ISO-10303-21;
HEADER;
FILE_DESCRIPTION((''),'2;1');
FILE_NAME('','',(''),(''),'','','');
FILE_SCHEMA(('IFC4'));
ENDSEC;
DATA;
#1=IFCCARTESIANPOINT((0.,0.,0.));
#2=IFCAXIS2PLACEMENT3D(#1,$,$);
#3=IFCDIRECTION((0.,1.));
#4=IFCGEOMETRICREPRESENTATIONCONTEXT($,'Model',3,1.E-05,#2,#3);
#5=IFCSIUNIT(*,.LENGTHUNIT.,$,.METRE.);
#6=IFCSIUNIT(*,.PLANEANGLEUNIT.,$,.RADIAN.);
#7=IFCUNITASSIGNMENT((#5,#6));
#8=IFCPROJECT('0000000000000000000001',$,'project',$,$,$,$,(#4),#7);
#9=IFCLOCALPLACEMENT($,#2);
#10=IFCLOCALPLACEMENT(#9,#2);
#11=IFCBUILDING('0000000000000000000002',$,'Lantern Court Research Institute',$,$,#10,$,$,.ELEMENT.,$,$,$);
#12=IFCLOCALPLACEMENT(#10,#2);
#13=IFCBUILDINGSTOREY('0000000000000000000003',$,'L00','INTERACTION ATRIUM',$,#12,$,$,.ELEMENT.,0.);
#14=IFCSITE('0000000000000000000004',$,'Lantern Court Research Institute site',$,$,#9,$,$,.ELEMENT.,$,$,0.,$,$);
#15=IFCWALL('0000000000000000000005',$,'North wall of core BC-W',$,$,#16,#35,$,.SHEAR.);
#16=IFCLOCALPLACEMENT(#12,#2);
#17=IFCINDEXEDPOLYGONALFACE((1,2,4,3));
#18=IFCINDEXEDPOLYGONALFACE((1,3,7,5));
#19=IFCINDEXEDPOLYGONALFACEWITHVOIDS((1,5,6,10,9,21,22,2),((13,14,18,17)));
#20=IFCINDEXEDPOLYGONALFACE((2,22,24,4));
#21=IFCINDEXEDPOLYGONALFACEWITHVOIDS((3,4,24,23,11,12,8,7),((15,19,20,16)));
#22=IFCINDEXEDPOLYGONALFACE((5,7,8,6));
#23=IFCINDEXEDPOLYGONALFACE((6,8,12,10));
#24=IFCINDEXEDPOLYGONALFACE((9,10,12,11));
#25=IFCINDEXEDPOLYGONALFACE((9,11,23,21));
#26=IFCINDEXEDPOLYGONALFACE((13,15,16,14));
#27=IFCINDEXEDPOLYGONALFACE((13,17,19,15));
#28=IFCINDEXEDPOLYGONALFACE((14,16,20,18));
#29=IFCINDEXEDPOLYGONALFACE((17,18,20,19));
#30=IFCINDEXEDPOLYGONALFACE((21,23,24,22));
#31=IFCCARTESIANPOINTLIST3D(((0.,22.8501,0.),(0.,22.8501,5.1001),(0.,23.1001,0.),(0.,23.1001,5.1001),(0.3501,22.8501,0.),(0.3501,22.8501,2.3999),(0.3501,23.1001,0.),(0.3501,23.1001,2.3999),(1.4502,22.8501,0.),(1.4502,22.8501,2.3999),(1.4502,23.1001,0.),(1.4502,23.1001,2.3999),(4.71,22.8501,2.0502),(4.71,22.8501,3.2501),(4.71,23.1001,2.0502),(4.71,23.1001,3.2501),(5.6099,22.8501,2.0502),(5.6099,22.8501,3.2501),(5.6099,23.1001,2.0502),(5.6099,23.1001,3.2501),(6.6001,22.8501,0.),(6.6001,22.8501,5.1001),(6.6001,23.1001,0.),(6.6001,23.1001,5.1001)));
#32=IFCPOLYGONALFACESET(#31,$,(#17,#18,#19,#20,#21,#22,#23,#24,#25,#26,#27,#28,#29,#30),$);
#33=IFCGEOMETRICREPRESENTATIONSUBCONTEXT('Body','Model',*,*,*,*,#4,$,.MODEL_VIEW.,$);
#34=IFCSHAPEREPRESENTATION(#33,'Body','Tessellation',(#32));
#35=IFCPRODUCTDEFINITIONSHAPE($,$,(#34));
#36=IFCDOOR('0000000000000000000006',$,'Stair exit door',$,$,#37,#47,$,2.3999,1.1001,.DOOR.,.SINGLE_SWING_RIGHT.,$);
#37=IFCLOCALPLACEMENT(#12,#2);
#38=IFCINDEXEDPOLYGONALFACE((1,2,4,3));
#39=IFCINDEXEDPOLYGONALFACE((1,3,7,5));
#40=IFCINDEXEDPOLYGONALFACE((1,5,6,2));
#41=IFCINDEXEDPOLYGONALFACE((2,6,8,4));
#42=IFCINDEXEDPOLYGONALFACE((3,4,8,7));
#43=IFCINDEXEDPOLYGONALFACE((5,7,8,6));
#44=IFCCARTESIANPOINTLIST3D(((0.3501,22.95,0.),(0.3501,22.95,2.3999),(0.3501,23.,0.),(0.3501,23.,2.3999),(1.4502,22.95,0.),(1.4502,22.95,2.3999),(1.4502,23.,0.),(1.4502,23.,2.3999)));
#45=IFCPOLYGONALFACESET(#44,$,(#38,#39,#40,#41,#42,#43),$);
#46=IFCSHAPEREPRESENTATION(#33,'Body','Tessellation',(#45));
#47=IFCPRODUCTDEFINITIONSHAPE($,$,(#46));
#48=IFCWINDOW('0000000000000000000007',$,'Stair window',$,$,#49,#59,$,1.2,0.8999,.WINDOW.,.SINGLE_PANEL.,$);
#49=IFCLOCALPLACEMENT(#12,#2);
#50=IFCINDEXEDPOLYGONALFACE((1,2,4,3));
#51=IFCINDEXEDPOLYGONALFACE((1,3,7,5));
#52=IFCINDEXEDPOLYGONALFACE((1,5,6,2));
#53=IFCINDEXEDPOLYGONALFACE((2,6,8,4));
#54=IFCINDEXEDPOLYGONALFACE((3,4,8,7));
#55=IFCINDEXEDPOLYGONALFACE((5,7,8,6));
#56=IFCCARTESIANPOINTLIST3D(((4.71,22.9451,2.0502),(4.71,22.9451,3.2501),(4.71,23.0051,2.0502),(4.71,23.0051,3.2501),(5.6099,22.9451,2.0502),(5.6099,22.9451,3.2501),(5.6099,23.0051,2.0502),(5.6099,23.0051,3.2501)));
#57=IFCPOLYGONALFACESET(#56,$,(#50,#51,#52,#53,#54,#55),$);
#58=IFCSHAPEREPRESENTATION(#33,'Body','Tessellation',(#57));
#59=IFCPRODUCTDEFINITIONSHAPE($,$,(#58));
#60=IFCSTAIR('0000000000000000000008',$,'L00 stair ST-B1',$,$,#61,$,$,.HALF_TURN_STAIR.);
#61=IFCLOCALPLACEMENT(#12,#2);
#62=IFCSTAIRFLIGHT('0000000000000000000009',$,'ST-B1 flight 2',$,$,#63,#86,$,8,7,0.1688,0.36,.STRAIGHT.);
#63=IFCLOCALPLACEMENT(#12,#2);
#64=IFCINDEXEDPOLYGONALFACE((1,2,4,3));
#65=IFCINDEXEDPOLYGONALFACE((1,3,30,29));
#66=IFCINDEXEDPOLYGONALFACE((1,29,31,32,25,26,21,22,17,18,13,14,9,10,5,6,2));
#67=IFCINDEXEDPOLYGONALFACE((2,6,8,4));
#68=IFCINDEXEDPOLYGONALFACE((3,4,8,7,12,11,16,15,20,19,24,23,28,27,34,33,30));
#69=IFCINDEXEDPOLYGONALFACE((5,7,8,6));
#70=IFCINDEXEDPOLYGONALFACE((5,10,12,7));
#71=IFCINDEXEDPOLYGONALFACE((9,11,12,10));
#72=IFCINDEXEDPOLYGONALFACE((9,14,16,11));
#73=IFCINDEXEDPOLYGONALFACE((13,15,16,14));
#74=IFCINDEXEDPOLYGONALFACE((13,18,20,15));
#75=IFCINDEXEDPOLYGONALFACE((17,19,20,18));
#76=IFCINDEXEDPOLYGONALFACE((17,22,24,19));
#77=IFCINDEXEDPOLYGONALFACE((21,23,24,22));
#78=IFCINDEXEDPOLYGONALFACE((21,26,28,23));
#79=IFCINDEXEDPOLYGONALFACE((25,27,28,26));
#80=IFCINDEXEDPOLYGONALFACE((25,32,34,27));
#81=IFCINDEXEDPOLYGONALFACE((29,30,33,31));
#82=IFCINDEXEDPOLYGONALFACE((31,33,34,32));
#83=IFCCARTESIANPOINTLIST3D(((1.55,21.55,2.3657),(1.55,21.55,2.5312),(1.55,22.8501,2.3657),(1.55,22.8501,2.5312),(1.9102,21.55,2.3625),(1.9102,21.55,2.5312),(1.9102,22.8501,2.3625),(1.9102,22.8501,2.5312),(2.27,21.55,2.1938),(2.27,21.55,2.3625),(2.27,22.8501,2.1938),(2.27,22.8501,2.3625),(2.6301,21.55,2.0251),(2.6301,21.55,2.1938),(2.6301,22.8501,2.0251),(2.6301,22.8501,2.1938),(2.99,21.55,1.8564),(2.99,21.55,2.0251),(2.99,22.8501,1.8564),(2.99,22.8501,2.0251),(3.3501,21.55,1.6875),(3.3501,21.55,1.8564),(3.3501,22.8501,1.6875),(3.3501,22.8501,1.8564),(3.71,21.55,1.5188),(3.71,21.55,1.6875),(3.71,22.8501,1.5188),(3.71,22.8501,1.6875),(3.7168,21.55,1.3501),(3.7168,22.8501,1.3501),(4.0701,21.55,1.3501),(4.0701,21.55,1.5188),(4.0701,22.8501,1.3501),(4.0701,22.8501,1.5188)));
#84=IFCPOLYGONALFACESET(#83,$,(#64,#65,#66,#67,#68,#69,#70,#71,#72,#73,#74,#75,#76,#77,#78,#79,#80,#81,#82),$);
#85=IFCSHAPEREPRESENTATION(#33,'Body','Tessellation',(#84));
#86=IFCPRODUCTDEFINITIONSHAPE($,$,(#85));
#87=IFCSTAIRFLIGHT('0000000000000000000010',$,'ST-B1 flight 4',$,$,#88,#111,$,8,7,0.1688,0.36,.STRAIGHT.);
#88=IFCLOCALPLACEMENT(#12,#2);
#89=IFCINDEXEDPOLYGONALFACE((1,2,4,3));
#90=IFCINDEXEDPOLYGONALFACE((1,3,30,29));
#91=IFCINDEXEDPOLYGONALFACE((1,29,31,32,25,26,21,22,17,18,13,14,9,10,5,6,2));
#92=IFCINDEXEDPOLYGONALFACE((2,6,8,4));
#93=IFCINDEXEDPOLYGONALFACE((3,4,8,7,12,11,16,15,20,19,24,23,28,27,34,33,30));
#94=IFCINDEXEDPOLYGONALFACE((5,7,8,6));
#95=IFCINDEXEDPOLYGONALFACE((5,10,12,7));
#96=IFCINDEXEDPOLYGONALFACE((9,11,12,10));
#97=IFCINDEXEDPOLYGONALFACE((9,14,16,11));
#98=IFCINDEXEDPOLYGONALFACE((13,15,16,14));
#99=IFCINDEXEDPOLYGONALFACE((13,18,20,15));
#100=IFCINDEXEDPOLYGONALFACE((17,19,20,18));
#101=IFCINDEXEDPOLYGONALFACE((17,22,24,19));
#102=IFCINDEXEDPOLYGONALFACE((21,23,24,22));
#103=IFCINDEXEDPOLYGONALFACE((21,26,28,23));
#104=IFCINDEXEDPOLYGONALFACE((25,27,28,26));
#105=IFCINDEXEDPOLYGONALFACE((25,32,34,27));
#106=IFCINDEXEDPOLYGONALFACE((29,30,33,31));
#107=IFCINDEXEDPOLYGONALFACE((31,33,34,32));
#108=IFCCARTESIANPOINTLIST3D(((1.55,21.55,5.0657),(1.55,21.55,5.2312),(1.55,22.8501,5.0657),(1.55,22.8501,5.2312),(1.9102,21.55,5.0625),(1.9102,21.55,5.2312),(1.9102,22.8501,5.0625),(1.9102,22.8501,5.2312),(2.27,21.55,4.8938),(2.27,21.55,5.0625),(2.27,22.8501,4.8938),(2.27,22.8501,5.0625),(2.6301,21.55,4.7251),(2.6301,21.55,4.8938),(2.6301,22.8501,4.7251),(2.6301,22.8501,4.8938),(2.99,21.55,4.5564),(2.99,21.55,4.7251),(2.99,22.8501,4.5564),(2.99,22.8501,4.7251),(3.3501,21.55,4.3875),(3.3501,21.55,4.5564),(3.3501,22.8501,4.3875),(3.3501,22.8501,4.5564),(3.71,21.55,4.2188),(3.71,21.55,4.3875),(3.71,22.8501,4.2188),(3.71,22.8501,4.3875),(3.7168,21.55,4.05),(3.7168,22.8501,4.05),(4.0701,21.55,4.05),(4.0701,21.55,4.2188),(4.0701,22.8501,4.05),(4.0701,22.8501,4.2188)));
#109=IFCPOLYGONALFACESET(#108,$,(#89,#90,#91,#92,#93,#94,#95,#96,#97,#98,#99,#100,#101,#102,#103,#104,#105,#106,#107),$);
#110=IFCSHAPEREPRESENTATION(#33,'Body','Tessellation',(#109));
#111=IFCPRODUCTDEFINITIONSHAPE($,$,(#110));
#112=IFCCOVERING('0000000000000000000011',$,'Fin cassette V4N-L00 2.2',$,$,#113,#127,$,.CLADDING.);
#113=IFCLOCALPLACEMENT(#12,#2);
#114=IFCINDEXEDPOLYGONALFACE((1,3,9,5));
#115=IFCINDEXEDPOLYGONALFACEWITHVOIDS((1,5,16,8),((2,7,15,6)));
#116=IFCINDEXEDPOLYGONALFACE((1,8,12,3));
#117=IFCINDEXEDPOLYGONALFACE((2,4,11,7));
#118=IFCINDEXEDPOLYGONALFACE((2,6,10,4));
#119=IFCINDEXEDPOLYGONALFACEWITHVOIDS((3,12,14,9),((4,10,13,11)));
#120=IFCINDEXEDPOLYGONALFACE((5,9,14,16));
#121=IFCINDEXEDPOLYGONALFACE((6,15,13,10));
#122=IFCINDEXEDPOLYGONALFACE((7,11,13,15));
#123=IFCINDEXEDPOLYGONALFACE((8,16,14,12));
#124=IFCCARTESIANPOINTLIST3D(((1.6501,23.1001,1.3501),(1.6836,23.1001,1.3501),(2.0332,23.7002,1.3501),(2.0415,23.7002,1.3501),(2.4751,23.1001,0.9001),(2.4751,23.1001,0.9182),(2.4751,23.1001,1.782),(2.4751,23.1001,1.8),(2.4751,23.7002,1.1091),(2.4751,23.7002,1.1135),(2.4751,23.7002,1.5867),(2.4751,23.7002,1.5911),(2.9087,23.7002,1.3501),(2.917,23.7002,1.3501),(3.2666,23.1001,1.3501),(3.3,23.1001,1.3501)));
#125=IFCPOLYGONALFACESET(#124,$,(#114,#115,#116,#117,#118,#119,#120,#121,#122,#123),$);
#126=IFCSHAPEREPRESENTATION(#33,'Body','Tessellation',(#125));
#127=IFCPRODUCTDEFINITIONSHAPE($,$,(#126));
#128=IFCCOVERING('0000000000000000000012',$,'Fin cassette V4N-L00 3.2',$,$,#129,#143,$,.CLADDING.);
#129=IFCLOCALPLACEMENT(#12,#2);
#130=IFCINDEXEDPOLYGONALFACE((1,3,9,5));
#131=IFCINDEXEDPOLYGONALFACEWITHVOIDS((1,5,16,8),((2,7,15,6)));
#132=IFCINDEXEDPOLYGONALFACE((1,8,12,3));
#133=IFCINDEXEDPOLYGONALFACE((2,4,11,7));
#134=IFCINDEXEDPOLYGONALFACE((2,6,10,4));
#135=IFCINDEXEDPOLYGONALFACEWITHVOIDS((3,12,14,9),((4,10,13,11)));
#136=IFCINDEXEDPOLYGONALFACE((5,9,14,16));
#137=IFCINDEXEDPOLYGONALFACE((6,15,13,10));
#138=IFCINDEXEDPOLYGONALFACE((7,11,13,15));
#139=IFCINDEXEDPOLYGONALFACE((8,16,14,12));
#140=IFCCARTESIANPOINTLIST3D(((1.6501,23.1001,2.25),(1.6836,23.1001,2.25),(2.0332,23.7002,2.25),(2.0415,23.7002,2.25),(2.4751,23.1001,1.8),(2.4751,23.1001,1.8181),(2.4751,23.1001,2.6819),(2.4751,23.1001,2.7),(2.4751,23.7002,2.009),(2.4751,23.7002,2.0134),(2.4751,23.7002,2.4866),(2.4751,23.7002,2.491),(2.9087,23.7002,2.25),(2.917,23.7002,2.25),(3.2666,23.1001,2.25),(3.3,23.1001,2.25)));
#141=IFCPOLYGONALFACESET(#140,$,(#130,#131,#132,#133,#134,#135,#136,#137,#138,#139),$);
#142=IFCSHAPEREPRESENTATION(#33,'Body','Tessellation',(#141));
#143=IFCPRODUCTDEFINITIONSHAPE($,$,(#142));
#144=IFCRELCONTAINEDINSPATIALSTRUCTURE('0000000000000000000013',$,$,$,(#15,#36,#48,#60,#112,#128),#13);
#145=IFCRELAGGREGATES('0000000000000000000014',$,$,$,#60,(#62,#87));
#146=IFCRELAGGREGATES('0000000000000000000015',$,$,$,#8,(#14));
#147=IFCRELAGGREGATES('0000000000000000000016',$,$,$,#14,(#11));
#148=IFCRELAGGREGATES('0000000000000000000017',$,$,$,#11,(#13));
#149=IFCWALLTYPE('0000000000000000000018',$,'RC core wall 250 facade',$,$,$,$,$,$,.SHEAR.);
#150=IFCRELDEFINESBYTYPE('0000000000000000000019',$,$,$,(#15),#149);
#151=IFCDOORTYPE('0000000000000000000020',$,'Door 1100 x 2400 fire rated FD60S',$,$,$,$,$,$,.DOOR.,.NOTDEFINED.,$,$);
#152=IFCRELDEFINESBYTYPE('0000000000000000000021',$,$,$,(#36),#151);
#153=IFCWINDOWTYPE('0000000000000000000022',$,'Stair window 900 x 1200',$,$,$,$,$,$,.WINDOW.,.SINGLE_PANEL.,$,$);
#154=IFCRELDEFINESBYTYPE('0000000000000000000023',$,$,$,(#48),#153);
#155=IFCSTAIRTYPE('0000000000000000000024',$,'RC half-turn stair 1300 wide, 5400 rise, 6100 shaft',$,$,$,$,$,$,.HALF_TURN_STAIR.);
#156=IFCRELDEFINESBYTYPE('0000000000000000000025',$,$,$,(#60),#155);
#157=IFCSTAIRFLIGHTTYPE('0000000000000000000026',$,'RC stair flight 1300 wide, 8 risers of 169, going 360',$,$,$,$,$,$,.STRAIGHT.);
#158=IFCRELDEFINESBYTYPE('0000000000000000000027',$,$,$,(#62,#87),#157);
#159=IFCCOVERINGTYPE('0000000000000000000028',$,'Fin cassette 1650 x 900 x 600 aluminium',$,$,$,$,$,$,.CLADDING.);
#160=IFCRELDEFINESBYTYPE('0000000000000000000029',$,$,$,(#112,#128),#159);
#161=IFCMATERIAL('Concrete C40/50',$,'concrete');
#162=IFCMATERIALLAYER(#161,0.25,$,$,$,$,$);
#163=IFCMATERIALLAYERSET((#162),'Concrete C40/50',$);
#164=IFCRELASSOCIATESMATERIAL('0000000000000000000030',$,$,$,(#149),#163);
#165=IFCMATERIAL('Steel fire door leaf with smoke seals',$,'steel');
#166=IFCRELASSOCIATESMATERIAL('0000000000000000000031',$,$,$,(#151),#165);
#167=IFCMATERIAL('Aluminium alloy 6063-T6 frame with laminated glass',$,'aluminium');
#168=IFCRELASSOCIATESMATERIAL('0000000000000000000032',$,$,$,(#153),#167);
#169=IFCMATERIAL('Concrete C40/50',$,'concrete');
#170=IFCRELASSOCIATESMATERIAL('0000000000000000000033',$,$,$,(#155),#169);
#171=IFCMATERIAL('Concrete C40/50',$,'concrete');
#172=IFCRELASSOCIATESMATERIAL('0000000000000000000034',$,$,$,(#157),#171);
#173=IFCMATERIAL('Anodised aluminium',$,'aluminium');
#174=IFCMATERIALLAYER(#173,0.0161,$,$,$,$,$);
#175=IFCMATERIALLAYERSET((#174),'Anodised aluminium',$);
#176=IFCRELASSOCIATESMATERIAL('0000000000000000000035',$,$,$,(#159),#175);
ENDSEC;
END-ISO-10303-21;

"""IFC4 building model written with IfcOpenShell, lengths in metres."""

from ifc_helpers import new_model, entity, si_unit, direction, frame, frame_2d, origin, place, context, subcontext, project, spatial, polyline, rectangle, outline, extrude, material, layer, layer_set, type_object, element, fill, aggregate, save


model = new_model("IFC4")

# Units and contexts
model_context = context("Model", 3, precision=1e-05, world=origin(), true_north=direction((0.0, 1.0)))
body_context = subcontext(model_context, "Body", "Model", "MODEL_VIEW")
ifc_project = project(units=[si_unit("LENGTHUNIT", "METRE"), si_unit("PLANEANGLEUNIT", "RADIAN")], contexts=[model_context])

# Site, building, storey
site_placement = place(None, origin())
site = spatial("IfcSite", under=ifc_project, at=site_placement, Name="Lantern Court Research Institute site", CompositionType="ELEMENT", RefElevation=0.0)
building_placement = place(site_placement, origin())
building = spatial("IfcBuilding", under=site, at=building_placement, Name="Lantern Court Research Institute", CompositionType="ELEMENT")
storey_placement = place(building_placement, origin())
storey = spatial("IfcBuildingStorey", under=building, at=storey_placement, Name="L00", Description="INTERACTION ATRIUM", CompositionType="ELEMENT", Elevation=0.0)

# Wall, openings, door, window
ifc_material_1 = material(Name="Concrete C40/50", Category="concrete")
ifc_layer_1 = layer(ifc_material_1, 0.25)
ifc_layer_set_1 = layer_set([ifc_layer_1], Name="Concrete C40/50")
wall_type = type_object("IfcWallType", Name="RC core wall 250 facade", PredefinedType="SHEAR", material=ifc_layer_set_1)
wall_placement = place(storey_placement, frame((0.0, 22.9751, 0.0), z_axis=(0.0, 0.0, 1.0), x_axis=(1.0, 0.0, 0.0)))
wall = element("IfcWall", 1, at=wall_placement, inside=storey, type_object=wall_type, Name="North wall of core BC-W", PredefinedType="SHEAR", context=body_context, shape_type="SweptSolid", body=[
    extrude(rectangle(XDim=6.6001, YDim=0.25, at=frame_2d((3.3, 0.0))), origin(), (0.0, 0.0, 1.0), 5.1001),
])
opening_1_placement = place(wall_placement, frame((0.3501, 0.0, 0.0)))
opening_1 = element("IfcOpeningElement", 2, at=opening_1_placement, cuts=wall, PredefinedType="OPENING", context=body_context, shape_type="SweptSolid", body=[
    extrude(rectangle(XDim=1.1001, YDim=2.3999, at=frame_2d((0.55, 1.2))), frame((0.0, 0.135, 0.0), z_axis=(0.0, -1.0, 0.0), x_axis=(1.0, 0.0, 0.0)), (0.0, 0.0, 1.0), 0.27),
])
opening_2_placement = place(wall_placement, frame((4.71, 0.0, 2.05)))
opening_2 = element("IfcOpeningElement", 3, at=opening_2_placement, cuts=wall, PredefinedType="OPENING", context=body_context, shape_type="SweptSolid", body=[
    extrude(rectangle(XDim=0.8999, YDim=1.2, at=frame_2d((0.45, 0.6001))), frame((0.0, 0.135, 0.0), z_axis=(0.0, -1.0, 0.0), x_axis=(1.0, 0.0, 0.0)), (0.0, 0.0, 1.0), 0.27),
])
ifc_material_2 = material(Name="Steel fire door leaf with smoke seals", Category="steel")
door_type = type_object("IfcDoorType", Name="Door 1100 x 2400 fire rated FD60S", OperationType="NOTDEFINED", PredefinedType="DOOR", material=ifc_material_2)
door_placement = place(opening_1_placement, origin())
door = element("IfcDoor", 4, at=door_placement, inside=storey, type_object=door_type, Name="Stair exit door", OperationType="SINGLE_SWING_RIGHT", OverallHeight=2.3999, OverallWidth=1.1001, PredefinedType="DOOR", context=body_context, shape_type="SweptSolid", body=[
    extrude(rectangle(XDim=1.1001, YDim=2.3999, at=frame_2d((0.55, 1.2))), frame((0.0, 0.0249, 0.0), z_axis=(0.0, -1.0, 0.0), x_axis=(1.0, 0.0, 0.0)), (0.0, 0.0, 1.0), 0.05),
])
fill(opening_1, door)
ifc_material_3 = material(Name="Aluminium alloy 6063-T6 frame with laminated glass", Category="aluminium")
window_type = type_object("IfcWindowType", Name="Stair window 900 x 1200", PartitioningType="SINGLE_PANEL", PredefinedType="WINDOW", material=ifc_material_3)
window_placement = place(opening_2_placement, origin())
window = element("IfcWindow", 5, at=window_placement, inside=storey, type_object=window_type, Name="Stair window", OverallHeight=1.2, OverallWidth=0.8999, PartitioningType="SINGLE_PANEL", PredefinedType="WINDOW", context=body_context, shape_type="SweptSolid", body=[
    extrude(rectangle(XDim=0.8999, YDim=1.2, at=frame_2d((0.45, 0.6001))), frame((0.0, 0.03, 0.0), z_axis=(0.0, -1.0, 0.0), x_axis=(1.0, 0.0, 0.0)), (0.0, 0.0, 1.0), 0.0601),
])
fill(opening_2, window)

# Stair, stair flights
ifc_material_4 = material(Name="Concrete C40/50", Category="concrete")
stair_type = type_object("IfcStairType", Name="RC half-turn stair 1300 wide, 5400 rise, 6100 shaft", PredefinedType="HALF_TURN_STAIR", material=ifc_material_4)
stair_placement = place(storey_placement, origin())
stair = element("IfcStair", 6, at=stair_placement, inside=storey, type_object=stair_type, Name="L00 stair ST-B1", PredefinedType="HALF_TURN_STAIR")
ifc_material_5 = material(Name="Concrete C40/50", Category="concrete")
stair_flight_type = type_object("IfcStairFlightType", Name="RC stair flight 1300 wide, 8 risers of 169, going 360", PredefinedType="STRAIGHT", material=ifc_material_5)
stair_flight_1_placement = place(storey_placement, frame((4.0701, 22.2, 1.3501), z_axis=(0.0, 0.0, 1.0), x_axis=(-1.0, 0.0, 0.0)))
stair_flight_1 = element("IfcStairFlight", 7, at=stair_flight_1_placement, type_object=stair_flight_type, Name="ST-B1 flight 2", NumberOfRisers=8, NumberOfTreads=7, PredefinedType="STRAIGHT", RiserHeight=0.1688, TreadLength=0.36, context=body_context, shape_type="SweptSolid", body=[
    extrude(outline(polyline([(0.0, 0.0), (0.0, 0.1687), (0.3601, 0.1687), (0.3601, 0.3374), (0.72, 0.3374), (0.72, 0.5063), (1.0801, 0.5063), (1.0801, 0.675), (1.4399, 0.675), (1.4399, 0.8438), (1.8, 0.8438), (1.8, 1.0125), (2.1599, 1.0125), (2.1599, 1.1812), (2.52, 1.1812), (2.52, 1.3501), (2.52, 1.0156), (0.3533, 0.0), (0.0, 0.0)])), frame((0.0, 0.6499, 0.0), z_axis=(0.0, -1.0, 0.0), x_axis=(1.0, 0.0, 0.0)), (0.0, 0.0, 1.0), 1.3),
])
stair_flight_2_placement = place(storey_placement, frame((4.0701, 22.2, 4.05), z_axis=(0.0, 0.0, 1.0), x_axis=(-1.0, 0.0, 0.0)))
stair_flight_2 = element("IfcStairFlight", 8, at=stair_flight_2_placement, type_object=stair_flight_type, Name="ST-B1 flight 4", NumberOfRisers=8, NumberOfTreads=7, PredefinedType="STRAIGHT", RiserHeight=0.1688, TreadLength=0.36, context=body_context, shape_type="SweptSolid", body=[
    extrude(outline(polyline([(0.0, 0.0), (0.0, 0.1687), (0.3601, 0.1687), (0.3601, 0.3374), (0.72, 0.3374), (0.72, 0.5063), (1.0801, 0.5063), (1.0801, 0.675), (1.4399, 0.675), (1.4399, 0.8438), (1.8, 0.8438), (1.8, 1.0125), (2.1599, 1.0125), (2.1599, 1.1812), (2.52, 1.1812), (2.52, 1.3501), (2.52, 1.0156), (0.3533, 0.0), (0.0, 0.0)])), frame((0.0, 0.6499, 0.0), z_axis=(0.0, -1.0, 0.0), x_axis=(1.0, 0.0, 0.0)), (0.0, 0.0, 1.0), 1.3),
])
aggregate(stair, [stair_flight_1, stair_flight_2])

# Coverings
ifc_material_6 = material(Name="Anodised aluminium", Category="aluminium")
ifc_layer_2 = layer(ifc_material_6, 0.0161)
ifc_layer_set_2 = layer_set([ifc_layer_2], Name="Anodised aluminium")
covering_type = type_object("IfcCoveringType", Name="Fin cassette 1650 x 900 x 600 aluminium", PredefinedType="CLADDING", material=ifc_layer_set_2)
covering_1_placement = place(storey_placement, frame((2.4751, 23.1001, 1.3501), z_axis=(0.0, 1.0, 0.0), x_axis=(-1.0, 0.0, 0.0)))
cartesian_point_1 = entity("IfcCartesianPoint", [0.825, 0.0])
cartesian_point_2 = entity("IfcCartesianPoint", [0.7915, 0.0])
cartesian_point_3 = entity("IfcCartesianPoint", [0.4419, 0.0])
cartesian_point_4 = entity("IfcCartesianPoint", [0.4336, 0.0])
element("IfcCovering", 9, at=covering_1_placement, inside=storey, type_object=covering_type, Name="Fin cassette V4N-L00 2.2", PredefinedType="CLADDING", context=body_context, shape_type="SweptSolid", body=[
    entity("IfcExtrudedAreaSolidTapered", entity("IfcArbitraryProfileDefWithVoids", "AREA", None, entity("IfcPolyline", [cartesian_point_1, entity("IfcCartesianPoint", [0.0, 0.45]), entity("IfcCartesianPoint", [-0.825, 0.0]), entity("IfcCartesianPoint", [0.0, -0.45]), cartesian_point_1]), [entity("IfcPolyline", [cartesian_point_2, entity("IfcCartesianPoint", [0.0, 0.4319]), entity("IfcCartesianPoint", [-0.7915, 0.0]), entity("IfcCartesianPoint", [0.0, -0.4319]), cartesian_point_2])]), entity("IfcAxis2Placement3D", entity("IfcCartesianPoint", [0.0, 0.0, 0.0])), entity("IfcDirection", [0.0, 0.0, 1.0]), 0.6001, entity("IfcArbitraryProfileDefWithVoids", "AREA", None, entity("IfcPolyline", [cartesian_point_3, entity("IfcCartesianPoint", [0.0, 0.241]), entity("IfcCartesianPoint", [-0.4419, 0.0]), entity("IfcCartesianPoint", [0.0, -0.241]), cartesian_point_3]), [entity("IfcPolyline", [cartesian_point_4, entity("IfcCartesianPoint", [0.0, 0.2366]), entity("IfcCartesianPoint", [-0.4336, 0.0]), entity("IfcCartesianPoint", [0.0, -0.2366]), cartesian_point_4])])),
])
covering_2_placement = place(storey_placement, frame((2.4751, 23.1001, 2.25), z_axis=(0.0, 1.0, 0.0), x_axis=(-1.0, 0.0, 0.0)))
cartesian_point_5 = entity("IfcCartesianPoint", [0.825, 0.0])
cartesian_point_6 = entity("IfcCartesianPoint", [0.7915, 0.0])
cartesian_point_7 = entity("IfcCartesianPoint", [0.4419, 0.0])
cartesian_point_8 = entity("IfcCartesianPoint", [0.4336, 0.0])
element("IfcCovering", 10, at=covering_2_placement, inside=storey, type_object=covering_type, Name="Fin cassette V4N-L00 3.2", PredefinedType="CLADDING", context=body_context, shape_type="SweptSolid", body=[
    entity("IfcExtrudedAreaSolidTapered", entity("IfcArbitraryProfileDefWithVoids", "AREA", None, entity("IfcPolyline", [cartesian_point_5, entity("IfcCartesianPoint", [0.0, 0.45]), entity("IfcCartesianPoint", [-0.825, 0.0]), entity("IfcCartesianPoint", [0.0, -0.45]), cartesian_point_5]), [entity("IfcPolyline", [cartesian_point_6, entity("IfcCartesianPoint", [0.0, 0.4319]), entity("IfcCartesianPoint", [-0.7915, 0.0]), entity("IfcCartesianPoint", [0.0, -0.4319]), cartesian_point_6])]), entity("IfcAxis2Placement3D", entity("IfcCartesianPoint", [0.0, 0.0, 0.0])), entity("IfcDirection", [0.0, 0.0, 1.0]), 0.6001, entity("IfcArbitraryProfileDefWithVoids", "AREA", None, entity("IfcPolyline", [cartesian_point_7, entity("IfcCartesianPoint", [0.0, 0.241]), entity("IfcCartesianPoint", [-0.4419, 0.0]), entity("IfcCartesianPoint", [0.0, -0.241]), cartesian_point_7]), [entity("IfcPolyline", [cartesian_point_8, entity("IfcCartesianPoint", [0.0, 0.2366]), entity("IfcCartesianPoint", [-0.4336, 0.0]), entity("IfcCartesianPoint", [0.0, -0.2366]), cartesian_point_8])])),
])

save(model, "model.ifc")
